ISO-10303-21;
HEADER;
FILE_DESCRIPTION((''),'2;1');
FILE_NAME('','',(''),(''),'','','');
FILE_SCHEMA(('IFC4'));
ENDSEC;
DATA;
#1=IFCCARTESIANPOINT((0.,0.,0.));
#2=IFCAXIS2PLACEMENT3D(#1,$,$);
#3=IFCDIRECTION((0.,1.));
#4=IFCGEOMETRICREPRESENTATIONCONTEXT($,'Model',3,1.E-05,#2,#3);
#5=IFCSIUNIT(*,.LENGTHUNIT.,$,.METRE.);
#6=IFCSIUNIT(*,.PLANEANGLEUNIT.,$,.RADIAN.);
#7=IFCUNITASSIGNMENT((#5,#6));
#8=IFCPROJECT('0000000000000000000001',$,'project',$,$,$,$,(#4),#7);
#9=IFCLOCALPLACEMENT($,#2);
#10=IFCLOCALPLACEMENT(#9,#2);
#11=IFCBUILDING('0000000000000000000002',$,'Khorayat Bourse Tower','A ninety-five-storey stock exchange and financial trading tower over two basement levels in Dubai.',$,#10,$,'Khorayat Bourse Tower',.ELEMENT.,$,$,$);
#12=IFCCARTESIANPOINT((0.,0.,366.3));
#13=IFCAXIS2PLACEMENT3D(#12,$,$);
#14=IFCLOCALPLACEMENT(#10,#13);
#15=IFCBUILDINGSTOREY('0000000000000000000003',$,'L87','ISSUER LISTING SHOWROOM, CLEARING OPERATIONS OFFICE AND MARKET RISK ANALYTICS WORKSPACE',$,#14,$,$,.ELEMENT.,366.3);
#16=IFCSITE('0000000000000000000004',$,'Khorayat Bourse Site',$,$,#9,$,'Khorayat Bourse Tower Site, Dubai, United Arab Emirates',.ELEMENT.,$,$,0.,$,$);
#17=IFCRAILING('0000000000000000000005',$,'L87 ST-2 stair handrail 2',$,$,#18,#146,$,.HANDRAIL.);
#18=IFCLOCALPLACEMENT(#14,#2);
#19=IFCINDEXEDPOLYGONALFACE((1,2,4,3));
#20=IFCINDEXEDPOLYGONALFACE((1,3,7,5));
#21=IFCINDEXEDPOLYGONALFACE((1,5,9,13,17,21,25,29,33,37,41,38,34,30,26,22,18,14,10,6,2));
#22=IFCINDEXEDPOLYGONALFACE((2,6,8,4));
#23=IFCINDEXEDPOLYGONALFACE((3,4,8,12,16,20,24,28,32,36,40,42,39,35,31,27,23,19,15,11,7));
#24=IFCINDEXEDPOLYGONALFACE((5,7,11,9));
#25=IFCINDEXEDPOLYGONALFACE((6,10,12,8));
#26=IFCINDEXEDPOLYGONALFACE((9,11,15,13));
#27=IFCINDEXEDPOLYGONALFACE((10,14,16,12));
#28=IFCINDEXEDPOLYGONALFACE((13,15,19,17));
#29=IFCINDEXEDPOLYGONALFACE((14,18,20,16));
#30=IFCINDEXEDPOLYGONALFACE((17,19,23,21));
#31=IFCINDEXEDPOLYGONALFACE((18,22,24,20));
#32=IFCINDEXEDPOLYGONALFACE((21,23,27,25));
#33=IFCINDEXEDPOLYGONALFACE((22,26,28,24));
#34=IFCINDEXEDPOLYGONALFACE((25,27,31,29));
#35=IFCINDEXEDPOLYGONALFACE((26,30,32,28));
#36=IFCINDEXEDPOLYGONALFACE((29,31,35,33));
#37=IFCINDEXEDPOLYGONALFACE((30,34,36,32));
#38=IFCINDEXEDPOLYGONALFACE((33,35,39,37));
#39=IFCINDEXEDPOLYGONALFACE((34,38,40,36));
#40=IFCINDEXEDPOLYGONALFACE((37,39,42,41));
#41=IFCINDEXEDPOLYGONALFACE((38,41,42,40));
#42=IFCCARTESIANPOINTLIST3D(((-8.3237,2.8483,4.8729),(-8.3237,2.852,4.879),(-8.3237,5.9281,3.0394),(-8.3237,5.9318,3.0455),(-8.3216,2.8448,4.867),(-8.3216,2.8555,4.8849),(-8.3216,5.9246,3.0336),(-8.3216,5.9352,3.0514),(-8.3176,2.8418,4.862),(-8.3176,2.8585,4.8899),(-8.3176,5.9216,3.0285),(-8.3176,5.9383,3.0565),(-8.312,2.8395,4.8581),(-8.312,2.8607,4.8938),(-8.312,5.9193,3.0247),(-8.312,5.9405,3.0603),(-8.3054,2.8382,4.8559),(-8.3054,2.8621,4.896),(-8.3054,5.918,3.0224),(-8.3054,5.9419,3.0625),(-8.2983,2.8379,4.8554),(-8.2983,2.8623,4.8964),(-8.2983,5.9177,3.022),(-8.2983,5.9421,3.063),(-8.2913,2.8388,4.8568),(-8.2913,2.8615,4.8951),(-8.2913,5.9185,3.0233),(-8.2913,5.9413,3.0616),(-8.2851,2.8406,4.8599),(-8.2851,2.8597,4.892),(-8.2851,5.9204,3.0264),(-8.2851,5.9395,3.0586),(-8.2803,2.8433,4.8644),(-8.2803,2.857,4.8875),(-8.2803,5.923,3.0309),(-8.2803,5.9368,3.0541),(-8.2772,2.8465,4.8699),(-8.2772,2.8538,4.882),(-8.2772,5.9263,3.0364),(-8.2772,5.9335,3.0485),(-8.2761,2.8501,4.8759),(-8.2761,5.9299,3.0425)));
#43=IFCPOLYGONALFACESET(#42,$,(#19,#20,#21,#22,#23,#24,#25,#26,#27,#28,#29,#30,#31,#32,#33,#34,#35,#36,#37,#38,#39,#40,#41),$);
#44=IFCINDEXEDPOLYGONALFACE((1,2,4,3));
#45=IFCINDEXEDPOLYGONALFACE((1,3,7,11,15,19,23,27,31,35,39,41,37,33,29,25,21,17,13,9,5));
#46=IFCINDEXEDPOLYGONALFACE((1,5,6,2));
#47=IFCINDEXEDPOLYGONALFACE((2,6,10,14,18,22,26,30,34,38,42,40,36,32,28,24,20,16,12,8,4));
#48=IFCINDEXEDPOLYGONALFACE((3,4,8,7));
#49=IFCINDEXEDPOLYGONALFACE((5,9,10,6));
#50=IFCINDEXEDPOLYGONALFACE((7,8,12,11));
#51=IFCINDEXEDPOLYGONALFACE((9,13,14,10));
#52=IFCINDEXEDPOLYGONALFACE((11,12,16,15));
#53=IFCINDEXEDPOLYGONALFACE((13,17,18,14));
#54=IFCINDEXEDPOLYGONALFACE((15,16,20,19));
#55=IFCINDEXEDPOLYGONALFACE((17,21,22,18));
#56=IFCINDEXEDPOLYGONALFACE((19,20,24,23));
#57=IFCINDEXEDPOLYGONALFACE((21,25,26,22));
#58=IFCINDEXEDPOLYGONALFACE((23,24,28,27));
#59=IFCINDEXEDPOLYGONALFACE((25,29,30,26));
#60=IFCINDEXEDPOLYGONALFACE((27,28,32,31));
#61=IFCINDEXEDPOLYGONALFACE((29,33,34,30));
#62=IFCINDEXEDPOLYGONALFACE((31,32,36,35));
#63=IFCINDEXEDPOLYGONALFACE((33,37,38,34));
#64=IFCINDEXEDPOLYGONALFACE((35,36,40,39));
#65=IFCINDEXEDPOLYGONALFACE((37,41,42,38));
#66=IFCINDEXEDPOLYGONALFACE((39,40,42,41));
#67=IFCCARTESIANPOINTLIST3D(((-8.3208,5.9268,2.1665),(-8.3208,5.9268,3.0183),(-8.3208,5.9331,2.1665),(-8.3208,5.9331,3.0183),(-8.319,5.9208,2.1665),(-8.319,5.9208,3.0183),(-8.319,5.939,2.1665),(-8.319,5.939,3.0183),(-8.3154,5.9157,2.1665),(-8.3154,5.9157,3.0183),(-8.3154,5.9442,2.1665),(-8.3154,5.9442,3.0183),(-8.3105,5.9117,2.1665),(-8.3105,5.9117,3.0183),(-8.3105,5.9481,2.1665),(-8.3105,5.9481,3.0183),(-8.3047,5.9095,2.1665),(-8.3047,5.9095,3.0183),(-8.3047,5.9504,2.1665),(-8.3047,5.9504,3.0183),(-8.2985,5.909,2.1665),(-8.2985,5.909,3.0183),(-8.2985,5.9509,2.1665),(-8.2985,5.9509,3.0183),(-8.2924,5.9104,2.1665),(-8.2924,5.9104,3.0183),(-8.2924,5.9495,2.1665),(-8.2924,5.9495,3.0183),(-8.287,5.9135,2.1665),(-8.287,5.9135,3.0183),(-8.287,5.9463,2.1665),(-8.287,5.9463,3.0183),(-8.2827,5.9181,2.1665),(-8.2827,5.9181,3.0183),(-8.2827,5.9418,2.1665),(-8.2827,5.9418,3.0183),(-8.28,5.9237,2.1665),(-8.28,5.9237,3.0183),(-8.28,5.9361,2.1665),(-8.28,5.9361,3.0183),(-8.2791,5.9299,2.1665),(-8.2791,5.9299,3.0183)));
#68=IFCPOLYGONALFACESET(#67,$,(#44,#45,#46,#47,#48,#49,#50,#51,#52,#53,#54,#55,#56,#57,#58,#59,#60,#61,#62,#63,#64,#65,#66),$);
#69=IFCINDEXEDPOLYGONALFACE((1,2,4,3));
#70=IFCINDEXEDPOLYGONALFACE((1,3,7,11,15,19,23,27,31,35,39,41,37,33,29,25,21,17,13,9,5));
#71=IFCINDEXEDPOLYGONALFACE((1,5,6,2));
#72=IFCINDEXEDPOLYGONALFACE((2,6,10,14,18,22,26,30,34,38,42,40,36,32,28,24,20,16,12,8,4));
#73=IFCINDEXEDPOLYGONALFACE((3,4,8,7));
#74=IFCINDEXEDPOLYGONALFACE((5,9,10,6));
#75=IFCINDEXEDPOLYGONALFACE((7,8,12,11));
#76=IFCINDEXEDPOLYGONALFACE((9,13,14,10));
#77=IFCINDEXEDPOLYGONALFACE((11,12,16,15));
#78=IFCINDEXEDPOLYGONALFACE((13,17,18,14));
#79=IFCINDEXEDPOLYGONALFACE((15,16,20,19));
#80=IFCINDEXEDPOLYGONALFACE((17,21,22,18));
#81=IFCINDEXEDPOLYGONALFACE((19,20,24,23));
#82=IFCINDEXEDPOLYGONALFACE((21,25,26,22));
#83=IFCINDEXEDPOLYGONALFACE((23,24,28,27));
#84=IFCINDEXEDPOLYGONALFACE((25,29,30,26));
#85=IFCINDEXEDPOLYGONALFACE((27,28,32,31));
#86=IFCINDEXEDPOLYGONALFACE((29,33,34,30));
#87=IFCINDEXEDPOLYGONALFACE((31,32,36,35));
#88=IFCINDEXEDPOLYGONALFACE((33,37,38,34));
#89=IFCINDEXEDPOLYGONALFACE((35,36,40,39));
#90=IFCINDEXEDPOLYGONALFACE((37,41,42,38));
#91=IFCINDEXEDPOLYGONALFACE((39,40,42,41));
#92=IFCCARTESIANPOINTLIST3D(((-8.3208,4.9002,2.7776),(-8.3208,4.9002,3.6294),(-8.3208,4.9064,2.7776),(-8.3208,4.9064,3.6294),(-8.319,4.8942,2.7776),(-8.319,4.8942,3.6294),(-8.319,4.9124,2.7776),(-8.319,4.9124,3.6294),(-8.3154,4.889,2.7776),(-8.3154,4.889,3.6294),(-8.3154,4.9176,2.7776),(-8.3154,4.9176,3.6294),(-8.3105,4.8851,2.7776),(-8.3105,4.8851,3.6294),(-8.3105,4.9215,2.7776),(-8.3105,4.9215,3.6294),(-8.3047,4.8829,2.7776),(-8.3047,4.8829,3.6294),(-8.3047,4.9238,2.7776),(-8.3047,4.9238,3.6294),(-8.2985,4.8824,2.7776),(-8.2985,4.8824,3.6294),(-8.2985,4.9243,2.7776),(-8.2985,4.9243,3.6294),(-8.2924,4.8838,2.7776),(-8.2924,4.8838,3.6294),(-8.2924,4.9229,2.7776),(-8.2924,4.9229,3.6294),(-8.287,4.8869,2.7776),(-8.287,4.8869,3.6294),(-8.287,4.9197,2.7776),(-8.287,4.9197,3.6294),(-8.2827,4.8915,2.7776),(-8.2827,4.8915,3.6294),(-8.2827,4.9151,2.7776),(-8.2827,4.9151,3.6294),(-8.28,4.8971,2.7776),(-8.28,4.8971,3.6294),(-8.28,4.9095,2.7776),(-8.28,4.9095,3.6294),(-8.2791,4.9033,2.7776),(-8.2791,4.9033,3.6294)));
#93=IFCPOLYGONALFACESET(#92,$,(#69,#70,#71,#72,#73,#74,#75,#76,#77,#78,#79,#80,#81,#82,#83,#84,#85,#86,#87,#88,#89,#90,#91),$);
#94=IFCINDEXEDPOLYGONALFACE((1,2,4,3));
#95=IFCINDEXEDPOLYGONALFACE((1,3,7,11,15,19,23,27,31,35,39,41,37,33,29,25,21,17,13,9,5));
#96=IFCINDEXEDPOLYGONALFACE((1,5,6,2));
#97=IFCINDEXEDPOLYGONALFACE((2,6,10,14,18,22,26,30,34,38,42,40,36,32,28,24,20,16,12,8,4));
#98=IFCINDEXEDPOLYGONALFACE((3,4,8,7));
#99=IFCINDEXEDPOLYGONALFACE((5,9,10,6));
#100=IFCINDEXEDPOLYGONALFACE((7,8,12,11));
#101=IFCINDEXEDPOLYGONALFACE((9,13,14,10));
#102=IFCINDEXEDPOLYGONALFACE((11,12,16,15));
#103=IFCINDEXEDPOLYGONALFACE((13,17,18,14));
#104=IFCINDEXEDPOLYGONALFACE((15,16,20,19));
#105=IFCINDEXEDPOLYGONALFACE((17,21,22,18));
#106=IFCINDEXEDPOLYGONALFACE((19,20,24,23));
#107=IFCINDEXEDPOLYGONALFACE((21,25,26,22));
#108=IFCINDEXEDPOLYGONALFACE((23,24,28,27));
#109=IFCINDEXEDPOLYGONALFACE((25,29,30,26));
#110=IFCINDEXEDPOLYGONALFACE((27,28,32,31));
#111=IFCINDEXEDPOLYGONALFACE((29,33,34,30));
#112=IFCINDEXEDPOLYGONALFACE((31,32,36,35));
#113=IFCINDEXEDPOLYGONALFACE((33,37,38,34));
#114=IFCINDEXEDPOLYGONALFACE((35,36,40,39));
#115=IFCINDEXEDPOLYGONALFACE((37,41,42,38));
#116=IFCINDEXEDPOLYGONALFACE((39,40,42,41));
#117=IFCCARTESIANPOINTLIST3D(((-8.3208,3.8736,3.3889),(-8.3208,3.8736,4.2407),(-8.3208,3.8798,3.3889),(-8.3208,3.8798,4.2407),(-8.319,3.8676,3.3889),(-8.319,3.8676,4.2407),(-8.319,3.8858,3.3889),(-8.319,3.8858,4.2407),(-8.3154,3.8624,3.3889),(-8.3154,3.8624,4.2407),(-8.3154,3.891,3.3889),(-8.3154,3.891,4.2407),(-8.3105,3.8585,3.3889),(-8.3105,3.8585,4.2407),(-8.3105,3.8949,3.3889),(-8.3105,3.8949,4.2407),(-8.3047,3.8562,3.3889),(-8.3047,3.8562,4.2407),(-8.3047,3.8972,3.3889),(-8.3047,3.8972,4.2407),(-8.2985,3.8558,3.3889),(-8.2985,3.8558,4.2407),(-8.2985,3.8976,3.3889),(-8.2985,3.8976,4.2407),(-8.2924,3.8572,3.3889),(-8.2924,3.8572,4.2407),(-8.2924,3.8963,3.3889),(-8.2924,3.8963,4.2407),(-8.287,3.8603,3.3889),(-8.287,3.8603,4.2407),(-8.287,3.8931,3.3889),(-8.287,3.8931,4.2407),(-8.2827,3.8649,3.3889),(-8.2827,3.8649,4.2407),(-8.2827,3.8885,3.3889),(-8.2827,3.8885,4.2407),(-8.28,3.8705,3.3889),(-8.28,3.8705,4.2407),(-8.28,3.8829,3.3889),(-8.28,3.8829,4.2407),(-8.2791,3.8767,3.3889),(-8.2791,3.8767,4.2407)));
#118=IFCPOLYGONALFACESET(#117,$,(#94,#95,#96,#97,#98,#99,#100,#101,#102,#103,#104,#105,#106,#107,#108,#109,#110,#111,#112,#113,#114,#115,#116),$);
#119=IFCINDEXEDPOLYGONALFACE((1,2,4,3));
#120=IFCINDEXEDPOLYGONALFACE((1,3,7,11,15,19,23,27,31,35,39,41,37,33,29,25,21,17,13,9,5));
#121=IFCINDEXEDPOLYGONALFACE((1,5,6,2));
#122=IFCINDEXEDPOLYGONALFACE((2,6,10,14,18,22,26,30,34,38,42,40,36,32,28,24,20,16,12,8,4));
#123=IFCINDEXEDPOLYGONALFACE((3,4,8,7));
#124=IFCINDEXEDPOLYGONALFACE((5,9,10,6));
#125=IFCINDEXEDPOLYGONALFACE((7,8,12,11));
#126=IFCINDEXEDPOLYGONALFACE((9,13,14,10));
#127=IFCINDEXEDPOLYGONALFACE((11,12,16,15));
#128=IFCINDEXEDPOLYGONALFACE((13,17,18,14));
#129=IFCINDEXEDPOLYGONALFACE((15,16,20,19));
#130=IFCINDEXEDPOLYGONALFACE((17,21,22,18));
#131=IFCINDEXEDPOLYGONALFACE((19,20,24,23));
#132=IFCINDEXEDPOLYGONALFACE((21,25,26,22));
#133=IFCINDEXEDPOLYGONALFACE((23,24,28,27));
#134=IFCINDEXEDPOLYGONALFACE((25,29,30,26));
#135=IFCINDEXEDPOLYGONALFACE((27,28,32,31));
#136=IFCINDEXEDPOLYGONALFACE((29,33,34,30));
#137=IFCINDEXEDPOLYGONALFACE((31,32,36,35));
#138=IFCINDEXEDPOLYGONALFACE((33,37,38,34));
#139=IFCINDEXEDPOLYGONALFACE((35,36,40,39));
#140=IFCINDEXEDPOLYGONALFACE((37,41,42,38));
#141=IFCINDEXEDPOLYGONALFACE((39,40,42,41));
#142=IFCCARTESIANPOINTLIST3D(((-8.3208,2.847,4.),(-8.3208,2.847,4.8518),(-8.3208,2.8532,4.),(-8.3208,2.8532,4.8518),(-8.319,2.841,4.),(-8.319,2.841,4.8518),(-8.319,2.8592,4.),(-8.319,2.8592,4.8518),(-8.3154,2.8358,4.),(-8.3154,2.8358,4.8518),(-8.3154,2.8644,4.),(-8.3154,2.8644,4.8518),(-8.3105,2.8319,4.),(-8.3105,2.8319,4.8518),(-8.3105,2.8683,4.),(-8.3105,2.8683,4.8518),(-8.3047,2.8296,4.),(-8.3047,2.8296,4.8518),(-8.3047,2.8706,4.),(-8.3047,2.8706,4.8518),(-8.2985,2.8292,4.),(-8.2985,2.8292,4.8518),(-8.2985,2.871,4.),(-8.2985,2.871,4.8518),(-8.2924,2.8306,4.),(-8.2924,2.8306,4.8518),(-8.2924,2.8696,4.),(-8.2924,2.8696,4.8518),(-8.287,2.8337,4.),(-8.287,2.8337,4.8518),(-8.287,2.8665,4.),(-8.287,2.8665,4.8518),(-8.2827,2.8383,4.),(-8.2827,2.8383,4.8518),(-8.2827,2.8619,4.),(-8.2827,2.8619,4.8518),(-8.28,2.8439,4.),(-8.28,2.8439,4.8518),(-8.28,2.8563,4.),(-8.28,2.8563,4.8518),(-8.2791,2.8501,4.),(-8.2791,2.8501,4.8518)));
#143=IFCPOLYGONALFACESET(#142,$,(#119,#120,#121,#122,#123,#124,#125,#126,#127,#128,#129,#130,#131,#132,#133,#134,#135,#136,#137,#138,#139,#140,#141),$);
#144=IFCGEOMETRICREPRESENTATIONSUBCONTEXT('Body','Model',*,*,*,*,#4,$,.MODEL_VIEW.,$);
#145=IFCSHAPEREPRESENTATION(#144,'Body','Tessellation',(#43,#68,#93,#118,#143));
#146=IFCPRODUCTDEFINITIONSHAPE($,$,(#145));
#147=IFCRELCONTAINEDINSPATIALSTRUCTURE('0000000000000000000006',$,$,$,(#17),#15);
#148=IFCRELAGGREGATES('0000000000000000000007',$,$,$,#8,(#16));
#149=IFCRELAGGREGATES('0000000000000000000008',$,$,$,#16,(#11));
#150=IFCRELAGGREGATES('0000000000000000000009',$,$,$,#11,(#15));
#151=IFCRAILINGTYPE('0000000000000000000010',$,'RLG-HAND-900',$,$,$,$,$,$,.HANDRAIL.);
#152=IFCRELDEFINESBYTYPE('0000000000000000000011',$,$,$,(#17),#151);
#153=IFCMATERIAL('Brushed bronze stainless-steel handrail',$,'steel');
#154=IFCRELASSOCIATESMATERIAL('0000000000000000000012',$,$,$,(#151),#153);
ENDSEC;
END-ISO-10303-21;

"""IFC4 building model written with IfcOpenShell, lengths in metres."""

from ifc_helpers import new_model, si_unit, direction, frame, origin, origin_2d, place, context, subcontext, project, spatial, circle, extrude, source, transform, mapped, material, type_object, element, save


model = new_model("IFC4")

# Units and contexts
model_context = context("Model", 3, precision=1e-05, world=origin(), true_north=direction((0.0, 1.0)))
body_context = subcontext(model_context, "Body", "Model", "MODEL_VIEW")
ifc_project = project(units=[si_unit("LENGTHUNIT", "METRE"), si_unit("PLANEANGLEUNIT", "RADIAN")], contexts=[model_context])

# Site, building, storey
site_placement = place(None, origin())
site = spatial("IfcSite", under=ifc_project, at=site_placement, Name="Khorayat Bourse Site", LongName="Khorayat Bourse Tower Site, Dubai, United Arab Emirates", CompositionType="ELEMENT", RefElevation=0.0)
building_placement = place(site_placement, origin())
building = spatial("IfcBuilding", under=site, at=building_placement, Name="Khorayat Bourse Tower", Description="A ninety-five-storey stock exchange and financial trading tower over two basement levels in Dubai.", LongName="Khorayat Bourse Tower", CompositionType="ELEMENT")
storey_placement = place(building_placement, frame((0.0, 0.0, 366.3)))
storey = spatial("IfcBuildingStorey", under=building, at=storey_placement, Name="L87", Description="ISSUER LISTING SHOWROOM, CLEARING OPERATIONS OFFICE AND MARKET RISK ANALYTICS WORKSPACE", CompositionType="ELEMENT", Elevation=366.3)

# Railing
ifc_material_1 = material(Name="Brushed bronze stainless-steel handrail", Category="steel")
railing_type_1 = type_object("IfcRailingType", Name="RLG-HAND-900", PredefinedType="HANDRAIL", material=ifc_material_1)
shared_shape_1 = source(origin(), body_context, "Body", "SweptSolid", [
    extrude(circle(Radius=0.0239, at=origin_2d()), frame((0.0, 0.0, 0.876), z_axis=(0.0, -0.859261, 0.511538), x_axis=(1.0, 0.0, 0.0)), (0.0, 0.0, 1.0), 3.5842),
    extrude(circle(Radius=0.021, at=origin_2d()), origin(), (0.0, 0.0, 1.0), 0.8518),
    extrude(circle(Radius=0.021, at=origin_2d()), frame((0.0, -1.0266, 0.6111)), (0.0, 0.0, 1.0), 0.8518),
    extrude(circle(Radius=0.021, at=origin_2d()), frame((0.0, -2.0532, 1.2224)), (0.0, 0.0, 1.0), 0.8518),
    extrude(circle(Radius=0.021, at=origin_2d()), frame((0.0, -3.0798, 1.8335)), (0.0, 0.0, 1.0), 0.8518),
])
railing_1_placement = place(storey_placement, frame((-8.3, 5.9299, 2.1665)))
element("IfcRailing", 1, at=railing_1_placement, inside=storey, type_object=railing_type_1, Name="L87 ST-2 stair handrail 2", PredefinedType="HANDRAIL", context=body_context, shape_type="MappedRepresentation", body=[
    mapped(shared_shape_1, transform((0.0, 0.0, 0.0), scale=1.0)),
])

save(model, "model.ifc")
